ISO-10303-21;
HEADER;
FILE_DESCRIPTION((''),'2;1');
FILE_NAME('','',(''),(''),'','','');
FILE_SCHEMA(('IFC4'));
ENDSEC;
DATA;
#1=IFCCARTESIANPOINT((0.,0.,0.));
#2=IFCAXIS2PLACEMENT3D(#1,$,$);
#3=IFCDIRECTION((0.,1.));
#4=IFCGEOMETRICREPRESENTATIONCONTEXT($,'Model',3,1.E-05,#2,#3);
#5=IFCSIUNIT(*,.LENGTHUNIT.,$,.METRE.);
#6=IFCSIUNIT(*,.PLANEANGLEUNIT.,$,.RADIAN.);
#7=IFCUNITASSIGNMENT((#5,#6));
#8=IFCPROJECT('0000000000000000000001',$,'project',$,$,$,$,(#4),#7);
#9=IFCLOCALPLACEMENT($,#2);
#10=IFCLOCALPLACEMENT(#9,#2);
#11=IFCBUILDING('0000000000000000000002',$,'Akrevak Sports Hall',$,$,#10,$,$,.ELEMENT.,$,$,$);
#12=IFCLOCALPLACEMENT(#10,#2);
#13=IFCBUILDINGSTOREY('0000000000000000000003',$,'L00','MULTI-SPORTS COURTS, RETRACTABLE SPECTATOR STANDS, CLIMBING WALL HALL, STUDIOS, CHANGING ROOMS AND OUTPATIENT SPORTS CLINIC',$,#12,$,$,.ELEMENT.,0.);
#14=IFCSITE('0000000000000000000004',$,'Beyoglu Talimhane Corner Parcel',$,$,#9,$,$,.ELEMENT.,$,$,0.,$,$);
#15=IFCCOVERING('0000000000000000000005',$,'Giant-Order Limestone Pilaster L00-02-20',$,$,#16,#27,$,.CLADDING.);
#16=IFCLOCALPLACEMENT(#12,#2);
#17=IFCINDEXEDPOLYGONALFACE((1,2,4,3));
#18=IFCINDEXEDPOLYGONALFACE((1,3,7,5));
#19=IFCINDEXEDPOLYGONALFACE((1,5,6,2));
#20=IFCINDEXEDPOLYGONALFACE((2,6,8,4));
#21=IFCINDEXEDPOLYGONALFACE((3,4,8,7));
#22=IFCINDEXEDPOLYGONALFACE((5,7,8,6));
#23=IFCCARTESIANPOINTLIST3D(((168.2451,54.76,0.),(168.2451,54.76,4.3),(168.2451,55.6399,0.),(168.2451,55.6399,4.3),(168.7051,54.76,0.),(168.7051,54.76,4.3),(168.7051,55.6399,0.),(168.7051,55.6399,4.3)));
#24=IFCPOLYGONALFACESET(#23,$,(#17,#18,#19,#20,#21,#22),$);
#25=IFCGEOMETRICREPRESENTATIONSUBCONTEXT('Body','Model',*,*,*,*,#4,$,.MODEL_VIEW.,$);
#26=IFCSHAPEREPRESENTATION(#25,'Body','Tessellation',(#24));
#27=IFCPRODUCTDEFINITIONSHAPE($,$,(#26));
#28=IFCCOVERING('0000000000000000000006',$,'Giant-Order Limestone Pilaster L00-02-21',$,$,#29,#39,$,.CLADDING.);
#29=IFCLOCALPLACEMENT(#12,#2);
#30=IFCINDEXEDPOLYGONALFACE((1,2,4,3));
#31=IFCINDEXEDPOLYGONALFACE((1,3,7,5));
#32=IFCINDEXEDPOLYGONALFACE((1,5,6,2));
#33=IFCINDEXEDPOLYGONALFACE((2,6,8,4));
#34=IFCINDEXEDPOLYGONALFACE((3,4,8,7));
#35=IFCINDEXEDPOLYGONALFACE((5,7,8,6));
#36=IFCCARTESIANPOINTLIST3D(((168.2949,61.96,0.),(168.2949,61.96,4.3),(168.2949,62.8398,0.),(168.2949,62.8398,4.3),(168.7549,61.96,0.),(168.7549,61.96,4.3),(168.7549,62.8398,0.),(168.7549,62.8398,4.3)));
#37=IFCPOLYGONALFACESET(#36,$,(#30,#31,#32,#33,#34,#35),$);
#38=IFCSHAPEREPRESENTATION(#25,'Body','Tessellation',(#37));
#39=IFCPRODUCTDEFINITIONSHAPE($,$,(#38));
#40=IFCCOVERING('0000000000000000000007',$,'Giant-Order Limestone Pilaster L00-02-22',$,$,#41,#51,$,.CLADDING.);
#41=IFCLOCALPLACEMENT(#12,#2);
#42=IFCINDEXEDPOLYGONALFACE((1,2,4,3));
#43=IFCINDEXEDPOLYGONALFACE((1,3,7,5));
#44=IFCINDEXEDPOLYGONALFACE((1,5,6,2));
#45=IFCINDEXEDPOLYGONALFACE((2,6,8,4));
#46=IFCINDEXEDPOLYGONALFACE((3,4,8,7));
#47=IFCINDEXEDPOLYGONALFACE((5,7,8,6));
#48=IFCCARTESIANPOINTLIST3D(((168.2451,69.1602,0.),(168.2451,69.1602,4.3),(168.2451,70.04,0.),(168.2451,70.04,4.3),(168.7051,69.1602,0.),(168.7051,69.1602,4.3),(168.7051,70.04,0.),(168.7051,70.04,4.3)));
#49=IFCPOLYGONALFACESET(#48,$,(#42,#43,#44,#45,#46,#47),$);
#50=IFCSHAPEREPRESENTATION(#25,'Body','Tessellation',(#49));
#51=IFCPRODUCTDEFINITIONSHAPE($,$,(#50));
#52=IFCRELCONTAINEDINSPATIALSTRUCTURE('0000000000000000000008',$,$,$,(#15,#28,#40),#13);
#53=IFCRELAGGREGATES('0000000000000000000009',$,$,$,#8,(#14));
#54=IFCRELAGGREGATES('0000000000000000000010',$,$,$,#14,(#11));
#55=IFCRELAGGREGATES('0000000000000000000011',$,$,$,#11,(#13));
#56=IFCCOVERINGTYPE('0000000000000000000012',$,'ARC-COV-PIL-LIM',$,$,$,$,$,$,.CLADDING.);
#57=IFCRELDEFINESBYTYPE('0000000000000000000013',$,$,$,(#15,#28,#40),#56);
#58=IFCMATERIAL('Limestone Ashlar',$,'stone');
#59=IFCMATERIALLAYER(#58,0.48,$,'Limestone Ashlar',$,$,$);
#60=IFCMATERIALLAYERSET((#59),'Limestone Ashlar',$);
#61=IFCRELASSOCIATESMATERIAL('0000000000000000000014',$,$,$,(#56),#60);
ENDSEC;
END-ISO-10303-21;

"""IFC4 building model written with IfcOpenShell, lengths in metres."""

from ifc_helpers import new_model, si_unit, direction, frame, origin, origin_2d, place, context, subcontext, project, spatial, rectangle, extrude, material, layer, layer_set, type_object, element, save


model = new_model("IFC4")

# Units and contexts
model_context = context("Model", 3, precision=1e-05, world=origin(), true_north=direction((0.0, 1.0)))
body_context = subcontext(model_context, "Body", "Model", "MODEL_VIEW")
ifc_project = project(units=[si_unit("LENGTHUNIT", "METRE"), si_unit("PLANEANGLEUNIT", "RADIAN")], contexts=[model_context])

# Site, building, storey
site_placement = place(None, origin())
site = spatial("IfcSite", under=ifc_project, at=site_placement, Name="Beyoglu Talimhane Corner Parcel", CompositionType="ELEMENT", RefElevation=0.0)
building_placement = place(site_placement, origin())
building = spatial("IfcBuilding", under=site, at=building_placement, Name="Akrevak Sports Hall", CompositionType="ELEMENT")
storey_placement = place(building_placement, origin())
storey = spatial("IfcBuildingStorey", under=building, at=storey_placement, Name="L00", Description="MULTI-SPORTS COURTS, RETRACTABLE SPECTATOR STANDS, CLIMBING WALL HALL, STUDIOS, CHANGING ROOMS AND OUTPATIENT SPORTS CLINIC", CompositionType="ELEMENT", Elevation=0.0)

# Shared definitions
ifc_material_1 = material(Name="Limestone Ashlar", Category="stone")

# Coverings
ifc_layer_1 = layer(ifc_material_1, 0.48, Name="Limestone Ashlar")
ifc_layer_set_1 = layer_set([ifc_layer_1], Name="Limestone Ashlar")
covering_type = type_object("IfcCoveringType", Name="ARC-COV-PIL-LIM", PredefinedType="CLADDING", material=ifc_layer_set_1)
for number, where, z_axis, x_axis, name in (
    (1, (168.4751, 55.2, 0.0), (0.0, 0.0, 1.0), (0.0, 1.0, 0.0), "Giant-Order Limestone Pilaster L00-02-20"),
    (2, (168.5249, 62.3999, 0.0), (0.0, 0.0, 1.0), (0.0, 1.0, 0.0), "Giant-Order Limestone Pilaster L00-02-21"),
    (3, (168.4751, 69.6001, 0.0), (0.0, 0.0, 1.0), (0.0, 1.0, 0.0), "Giant-Order Limestone Pilaster L00-02-22"),
):
    element("IfcCovering", number, at=place(storey_placement, frame(where, z_axis=z_axis, x_axis=x_axis)), inside=storey, type_object=covering_type, Name=name, PredefinedType="CLADDING", context=body_context, shape_type="SweptSolid", body=[
        extrude(rectangle(XDim=0.8799, YDim=0.46, at=origin_2d()), origin(), (0.0, 0.0, 1.0), 4.3),
    ])

save(model, "model.ifc")
